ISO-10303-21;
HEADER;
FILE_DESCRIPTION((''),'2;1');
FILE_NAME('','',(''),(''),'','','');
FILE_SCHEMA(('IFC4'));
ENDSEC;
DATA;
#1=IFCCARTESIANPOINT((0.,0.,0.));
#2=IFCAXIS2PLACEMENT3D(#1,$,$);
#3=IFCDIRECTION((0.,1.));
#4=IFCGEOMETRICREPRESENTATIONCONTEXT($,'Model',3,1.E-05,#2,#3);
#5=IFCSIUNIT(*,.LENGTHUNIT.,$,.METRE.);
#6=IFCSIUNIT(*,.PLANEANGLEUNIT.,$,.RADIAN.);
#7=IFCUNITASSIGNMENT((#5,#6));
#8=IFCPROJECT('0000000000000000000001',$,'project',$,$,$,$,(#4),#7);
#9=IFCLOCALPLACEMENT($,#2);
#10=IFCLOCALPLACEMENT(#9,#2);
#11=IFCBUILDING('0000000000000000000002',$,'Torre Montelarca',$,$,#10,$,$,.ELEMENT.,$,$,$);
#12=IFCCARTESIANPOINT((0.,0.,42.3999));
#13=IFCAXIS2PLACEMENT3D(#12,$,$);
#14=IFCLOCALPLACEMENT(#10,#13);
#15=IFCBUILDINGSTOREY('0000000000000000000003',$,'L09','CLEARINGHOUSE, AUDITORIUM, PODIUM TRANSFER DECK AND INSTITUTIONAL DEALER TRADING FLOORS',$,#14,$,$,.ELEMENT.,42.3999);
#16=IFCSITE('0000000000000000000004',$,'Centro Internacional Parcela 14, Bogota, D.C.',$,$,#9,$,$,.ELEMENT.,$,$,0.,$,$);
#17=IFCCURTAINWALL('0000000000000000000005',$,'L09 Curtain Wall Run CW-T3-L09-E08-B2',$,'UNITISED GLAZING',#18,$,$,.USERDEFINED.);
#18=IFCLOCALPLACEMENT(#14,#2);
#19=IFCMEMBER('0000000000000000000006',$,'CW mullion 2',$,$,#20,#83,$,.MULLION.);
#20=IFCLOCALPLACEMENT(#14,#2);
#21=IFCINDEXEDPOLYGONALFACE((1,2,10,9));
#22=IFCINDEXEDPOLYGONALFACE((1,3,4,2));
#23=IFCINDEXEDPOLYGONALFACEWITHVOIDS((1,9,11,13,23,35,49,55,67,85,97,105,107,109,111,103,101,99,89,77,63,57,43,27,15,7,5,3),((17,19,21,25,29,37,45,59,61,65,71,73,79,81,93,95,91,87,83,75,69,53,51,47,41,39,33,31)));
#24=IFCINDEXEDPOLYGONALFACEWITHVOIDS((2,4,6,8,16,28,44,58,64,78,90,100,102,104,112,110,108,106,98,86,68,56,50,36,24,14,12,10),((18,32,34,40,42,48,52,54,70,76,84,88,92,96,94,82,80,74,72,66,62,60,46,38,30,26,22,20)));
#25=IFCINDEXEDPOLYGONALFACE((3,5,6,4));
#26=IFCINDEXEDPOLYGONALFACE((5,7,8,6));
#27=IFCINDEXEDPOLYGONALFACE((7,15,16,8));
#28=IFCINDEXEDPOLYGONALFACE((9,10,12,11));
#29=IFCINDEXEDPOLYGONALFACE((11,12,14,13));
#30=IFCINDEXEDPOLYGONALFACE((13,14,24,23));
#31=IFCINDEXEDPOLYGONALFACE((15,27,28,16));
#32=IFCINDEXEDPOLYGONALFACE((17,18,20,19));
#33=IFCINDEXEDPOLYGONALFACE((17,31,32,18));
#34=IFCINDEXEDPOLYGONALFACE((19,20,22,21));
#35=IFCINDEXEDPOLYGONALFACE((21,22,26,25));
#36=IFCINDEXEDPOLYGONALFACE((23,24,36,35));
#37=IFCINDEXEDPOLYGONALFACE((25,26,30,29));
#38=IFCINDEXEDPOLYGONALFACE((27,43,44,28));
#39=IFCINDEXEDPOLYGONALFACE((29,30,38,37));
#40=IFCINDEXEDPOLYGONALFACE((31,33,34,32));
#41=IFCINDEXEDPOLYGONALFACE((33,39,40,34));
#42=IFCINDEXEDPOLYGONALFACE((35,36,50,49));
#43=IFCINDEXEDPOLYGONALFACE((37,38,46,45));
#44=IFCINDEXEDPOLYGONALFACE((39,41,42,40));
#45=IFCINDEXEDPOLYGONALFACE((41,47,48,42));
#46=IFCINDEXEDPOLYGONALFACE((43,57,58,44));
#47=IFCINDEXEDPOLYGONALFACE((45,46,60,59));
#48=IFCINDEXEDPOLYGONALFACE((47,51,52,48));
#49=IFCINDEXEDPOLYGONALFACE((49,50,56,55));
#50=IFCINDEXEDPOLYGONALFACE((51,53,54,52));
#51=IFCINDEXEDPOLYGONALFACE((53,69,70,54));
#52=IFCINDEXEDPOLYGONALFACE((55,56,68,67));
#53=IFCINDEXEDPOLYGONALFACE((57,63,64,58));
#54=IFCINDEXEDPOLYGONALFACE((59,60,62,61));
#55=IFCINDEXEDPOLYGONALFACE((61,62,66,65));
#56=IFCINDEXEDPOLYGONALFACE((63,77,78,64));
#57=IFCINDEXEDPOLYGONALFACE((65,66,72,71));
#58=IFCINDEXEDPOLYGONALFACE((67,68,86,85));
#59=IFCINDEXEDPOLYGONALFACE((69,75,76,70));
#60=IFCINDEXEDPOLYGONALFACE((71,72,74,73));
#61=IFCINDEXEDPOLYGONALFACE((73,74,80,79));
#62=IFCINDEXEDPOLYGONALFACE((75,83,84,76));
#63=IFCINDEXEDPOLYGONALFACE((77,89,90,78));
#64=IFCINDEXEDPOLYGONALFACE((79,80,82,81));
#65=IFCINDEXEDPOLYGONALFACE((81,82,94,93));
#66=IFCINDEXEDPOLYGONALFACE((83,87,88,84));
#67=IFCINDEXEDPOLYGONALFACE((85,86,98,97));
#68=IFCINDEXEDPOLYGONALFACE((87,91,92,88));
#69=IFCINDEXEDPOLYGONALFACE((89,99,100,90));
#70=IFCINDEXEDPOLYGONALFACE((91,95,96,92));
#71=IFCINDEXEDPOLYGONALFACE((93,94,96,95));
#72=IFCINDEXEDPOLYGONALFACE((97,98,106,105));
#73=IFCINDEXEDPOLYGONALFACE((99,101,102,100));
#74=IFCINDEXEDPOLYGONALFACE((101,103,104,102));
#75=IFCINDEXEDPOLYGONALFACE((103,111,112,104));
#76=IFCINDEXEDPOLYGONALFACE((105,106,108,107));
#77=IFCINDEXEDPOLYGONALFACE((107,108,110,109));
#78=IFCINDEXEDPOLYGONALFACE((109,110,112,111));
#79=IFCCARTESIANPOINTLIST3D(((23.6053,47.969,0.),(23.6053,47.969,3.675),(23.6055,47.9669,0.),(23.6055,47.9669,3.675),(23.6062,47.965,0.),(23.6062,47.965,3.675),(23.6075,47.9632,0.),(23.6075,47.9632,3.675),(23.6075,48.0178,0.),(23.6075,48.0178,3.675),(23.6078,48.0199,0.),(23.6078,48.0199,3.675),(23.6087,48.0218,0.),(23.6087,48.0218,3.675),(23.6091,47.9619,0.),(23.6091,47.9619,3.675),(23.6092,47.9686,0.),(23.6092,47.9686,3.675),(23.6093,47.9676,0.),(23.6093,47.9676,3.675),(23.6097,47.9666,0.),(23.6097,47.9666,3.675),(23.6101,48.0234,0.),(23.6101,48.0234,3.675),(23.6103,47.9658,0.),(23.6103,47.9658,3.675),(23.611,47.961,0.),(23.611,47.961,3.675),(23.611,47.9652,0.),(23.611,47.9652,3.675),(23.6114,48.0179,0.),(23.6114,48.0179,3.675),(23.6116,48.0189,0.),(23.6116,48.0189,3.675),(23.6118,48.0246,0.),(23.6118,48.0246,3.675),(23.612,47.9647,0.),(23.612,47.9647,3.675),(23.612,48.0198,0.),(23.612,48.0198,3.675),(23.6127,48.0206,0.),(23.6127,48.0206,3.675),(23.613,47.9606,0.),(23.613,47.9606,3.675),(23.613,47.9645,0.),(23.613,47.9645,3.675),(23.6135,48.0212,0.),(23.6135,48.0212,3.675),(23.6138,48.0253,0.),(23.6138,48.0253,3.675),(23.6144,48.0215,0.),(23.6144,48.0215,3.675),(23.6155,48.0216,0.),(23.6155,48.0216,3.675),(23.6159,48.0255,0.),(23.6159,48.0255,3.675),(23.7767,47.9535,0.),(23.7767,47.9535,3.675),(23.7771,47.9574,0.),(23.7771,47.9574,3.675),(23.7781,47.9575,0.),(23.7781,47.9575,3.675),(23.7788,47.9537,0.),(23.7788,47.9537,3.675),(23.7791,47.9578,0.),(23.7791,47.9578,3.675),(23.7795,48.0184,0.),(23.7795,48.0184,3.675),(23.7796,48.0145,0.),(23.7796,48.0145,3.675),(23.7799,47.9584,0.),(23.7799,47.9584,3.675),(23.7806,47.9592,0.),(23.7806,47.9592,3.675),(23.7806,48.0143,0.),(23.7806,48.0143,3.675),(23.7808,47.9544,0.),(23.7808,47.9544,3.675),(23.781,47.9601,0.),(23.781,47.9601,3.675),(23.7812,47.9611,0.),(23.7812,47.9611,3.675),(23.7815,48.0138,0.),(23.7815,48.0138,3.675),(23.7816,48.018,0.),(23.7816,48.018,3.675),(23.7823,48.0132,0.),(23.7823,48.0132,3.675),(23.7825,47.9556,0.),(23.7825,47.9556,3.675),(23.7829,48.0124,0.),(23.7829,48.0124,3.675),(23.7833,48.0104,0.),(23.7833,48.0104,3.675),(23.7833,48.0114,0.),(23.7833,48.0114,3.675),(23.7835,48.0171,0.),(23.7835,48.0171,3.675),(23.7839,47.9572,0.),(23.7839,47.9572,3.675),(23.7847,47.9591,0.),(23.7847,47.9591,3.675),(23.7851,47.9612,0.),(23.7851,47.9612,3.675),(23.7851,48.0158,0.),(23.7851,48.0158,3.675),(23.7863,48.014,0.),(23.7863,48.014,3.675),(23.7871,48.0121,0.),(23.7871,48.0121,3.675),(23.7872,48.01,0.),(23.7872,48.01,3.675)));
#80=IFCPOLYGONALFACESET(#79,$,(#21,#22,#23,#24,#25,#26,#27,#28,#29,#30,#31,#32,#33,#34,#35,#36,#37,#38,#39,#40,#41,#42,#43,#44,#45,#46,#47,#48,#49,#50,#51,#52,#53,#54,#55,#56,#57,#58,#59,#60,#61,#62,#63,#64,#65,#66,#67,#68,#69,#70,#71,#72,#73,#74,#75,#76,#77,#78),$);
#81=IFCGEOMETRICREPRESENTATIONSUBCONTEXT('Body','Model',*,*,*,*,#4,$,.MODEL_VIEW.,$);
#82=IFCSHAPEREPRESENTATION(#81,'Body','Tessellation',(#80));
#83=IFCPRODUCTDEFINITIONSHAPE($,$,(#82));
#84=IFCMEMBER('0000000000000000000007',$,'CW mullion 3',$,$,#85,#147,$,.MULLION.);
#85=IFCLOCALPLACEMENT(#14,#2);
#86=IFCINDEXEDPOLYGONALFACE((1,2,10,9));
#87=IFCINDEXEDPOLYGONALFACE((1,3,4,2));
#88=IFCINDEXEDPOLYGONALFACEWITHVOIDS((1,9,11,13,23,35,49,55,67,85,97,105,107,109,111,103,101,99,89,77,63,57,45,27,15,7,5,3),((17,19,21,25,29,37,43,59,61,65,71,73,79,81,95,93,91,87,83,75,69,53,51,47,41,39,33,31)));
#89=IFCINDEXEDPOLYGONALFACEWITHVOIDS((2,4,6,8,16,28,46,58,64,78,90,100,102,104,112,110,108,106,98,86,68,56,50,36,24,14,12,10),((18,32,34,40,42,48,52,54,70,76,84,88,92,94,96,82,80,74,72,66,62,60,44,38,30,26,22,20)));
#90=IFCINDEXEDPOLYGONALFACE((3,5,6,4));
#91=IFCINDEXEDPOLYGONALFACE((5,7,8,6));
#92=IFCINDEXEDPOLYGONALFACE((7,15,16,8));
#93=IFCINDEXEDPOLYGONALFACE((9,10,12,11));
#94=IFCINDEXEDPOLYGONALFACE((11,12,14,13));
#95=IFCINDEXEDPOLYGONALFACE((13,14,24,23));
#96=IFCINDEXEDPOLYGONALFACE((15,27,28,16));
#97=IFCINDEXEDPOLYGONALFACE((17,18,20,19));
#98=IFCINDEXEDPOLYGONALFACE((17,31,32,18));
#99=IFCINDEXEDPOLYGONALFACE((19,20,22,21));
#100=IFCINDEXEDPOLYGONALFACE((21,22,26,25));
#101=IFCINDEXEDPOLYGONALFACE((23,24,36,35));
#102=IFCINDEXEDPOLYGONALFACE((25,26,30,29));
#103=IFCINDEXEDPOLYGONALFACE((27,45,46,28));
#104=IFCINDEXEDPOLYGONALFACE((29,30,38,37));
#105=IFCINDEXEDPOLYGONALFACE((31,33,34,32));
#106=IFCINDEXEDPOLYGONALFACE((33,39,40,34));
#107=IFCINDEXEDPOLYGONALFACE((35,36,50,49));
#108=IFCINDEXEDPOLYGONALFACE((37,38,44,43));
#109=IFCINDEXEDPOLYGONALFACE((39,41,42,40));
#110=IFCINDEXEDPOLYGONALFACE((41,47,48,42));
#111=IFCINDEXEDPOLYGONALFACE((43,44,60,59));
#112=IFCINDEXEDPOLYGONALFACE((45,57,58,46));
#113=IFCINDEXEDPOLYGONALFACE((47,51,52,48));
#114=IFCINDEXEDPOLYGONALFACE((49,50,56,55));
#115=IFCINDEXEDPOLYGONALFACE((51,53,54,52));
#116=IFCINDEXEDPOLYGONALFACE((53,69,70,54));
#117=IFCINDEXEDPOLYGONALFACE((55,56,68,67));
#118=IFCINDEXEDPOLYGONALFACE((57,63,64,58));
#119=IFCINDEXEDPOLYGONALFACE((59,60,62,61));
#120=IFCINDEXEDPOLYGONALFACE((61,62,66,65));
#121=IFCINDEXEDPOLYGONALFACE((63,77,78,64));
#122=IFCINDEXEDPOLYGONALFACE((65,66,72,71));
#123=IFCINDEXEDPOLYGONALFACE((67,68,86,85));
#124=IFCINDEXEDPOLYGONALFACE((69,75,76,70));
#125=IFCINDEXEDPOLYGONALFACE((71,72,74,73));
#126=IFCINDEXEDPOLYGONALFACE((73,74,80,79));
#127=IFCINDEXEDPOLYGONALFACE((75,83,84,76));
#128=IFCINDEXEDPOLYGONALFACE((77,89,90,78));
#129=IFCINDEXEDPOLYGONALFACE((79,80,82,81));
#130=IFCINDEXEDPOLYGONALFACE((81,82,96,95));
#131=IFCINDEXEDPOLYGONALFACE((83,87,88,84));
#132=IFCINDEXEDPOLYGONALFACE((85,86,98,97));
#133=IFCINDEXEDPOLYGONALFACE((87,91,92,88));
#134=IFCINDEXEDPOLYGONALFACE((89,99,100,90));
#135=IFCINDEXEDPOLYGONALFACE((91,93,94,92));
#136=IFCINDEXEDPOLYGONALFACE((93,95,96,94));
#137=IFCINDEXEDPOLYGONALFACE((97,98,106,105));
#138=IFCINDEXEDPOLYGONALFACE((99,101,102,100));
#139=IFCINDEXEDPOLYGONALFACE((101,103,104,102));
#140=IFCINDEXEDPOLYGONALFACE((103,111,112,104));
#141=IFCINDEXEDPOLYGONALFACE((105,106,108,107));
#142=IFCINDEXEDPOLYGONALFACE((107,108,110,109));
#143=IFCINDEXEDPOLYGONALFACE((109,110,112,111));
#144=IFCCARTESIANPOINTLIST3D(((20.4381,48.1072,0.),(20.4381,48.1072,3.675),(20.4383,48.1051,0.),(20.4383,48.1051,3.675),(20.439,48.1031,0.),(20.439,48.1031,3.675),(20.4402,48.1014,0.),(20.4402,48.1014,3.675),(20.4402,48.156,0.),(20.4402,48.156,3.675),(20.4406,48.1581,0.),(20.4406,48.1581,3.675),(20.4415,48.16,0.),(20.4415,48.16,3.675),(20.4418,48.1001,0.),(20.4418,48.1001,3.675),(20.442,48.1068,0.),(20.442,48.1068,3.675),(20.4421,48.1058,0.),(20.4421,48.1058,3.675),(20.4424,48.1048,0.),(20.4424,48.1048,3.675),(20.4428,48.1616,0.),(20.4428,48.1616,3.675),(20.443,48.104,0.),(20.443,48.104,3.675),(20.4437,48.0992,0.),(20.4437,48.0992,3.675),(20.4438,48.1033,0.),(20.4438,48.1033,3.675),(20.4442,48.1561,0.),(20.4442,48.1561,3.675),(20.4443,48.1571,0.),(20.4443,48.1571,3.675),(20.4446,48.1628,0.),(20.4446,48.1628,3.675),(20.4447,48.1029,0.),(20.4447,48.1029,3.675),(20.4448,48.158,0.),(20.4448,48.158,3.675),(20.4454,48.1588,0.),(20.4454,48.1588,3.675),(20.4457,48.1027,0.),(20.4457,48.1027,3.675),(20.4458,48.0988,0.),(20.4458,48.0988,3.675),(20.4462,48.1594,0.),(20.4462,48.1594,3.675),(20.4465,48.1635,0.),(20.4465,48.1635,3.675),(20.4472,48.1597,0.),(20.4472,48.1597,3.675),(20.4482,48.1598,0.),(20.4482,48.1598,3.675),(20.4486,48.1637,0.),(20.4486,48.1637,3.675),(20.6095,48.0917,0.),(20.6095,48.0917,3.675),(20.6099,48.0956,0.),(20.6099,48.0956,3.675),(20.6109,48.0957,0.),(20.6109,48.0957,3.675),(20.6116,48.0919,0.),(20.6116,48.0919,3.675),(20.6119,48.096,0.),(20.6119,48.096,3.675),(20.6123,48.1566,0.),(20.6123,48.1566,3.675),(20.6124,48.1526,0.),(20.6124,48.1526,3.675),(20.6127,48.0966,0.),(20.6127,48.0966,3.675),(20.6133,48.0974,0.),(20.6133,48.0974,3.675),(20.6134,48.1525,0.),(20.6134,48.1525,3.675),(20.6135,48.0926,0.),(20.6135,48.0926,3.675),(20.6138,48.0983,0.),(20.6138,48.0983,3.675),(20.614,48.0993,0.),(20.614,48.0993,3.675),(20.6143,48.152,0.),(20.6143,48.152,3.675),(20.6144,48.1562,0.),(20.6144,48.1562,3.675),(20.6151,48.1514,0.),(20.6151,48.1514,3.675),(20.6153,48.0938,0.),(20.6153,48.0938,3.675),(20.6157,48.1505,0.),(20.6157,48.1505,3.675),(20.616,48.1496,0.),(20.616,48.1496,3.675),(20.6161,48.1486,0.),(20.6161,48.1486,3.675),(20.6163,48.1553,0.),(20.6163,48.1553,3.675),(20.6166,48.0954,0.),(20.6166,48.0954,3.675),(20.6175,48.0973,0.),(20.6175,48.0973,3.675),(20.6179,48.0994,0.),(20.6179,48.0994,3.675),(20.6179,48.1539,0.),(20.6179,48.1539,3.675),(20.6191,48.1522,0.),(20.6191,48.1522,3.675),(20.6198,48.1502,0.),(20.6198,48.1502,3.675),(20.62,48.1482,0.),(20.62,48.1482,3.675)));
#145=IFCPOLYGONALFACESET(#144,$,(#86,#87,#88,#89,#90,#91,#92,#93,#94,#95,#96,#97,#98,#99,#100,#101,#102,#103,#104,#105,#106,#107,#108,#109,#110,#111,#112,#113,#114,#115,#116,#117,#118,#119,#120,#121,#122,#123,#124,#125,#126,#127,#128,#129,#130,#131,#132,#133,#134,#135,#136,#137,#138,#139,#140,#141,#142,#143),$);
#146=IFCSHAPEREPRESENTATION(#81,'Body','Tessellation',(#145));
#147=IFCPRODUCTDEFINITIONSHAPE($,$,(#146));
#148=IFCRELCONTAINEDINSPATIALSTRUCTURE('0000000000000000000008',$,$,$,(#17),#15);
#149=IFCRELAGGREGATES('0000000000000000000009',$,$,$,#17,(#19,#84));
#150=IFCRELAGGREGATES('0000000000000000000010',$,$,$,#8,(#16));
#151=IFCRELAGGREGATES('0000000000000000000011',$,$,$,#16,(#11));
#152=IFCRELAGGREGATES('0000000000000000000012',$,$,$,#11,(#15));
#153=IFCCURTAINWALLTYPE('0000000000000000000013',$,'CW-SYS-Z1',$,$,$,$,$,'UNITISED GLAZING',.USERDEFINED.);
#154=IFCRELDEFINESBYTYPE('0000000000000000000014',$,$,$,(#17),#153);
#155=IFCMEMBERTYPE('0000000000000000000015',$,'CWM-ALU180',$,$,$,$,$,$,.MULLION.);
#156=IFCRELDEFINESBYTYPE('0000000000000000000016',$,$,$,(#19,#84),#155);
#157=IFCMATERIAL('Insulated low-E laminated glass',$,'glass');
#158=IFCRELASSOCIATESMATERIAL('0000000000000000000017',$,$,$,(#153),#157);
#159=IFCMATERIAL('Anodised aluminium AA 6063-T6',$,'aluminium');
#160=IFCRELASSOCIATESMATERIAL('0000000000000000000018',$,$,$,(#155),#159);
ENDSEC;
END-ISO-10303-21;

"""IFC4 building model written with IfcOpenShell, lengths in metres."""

from ifc_helpers import new_model, si_unit, direction, frame, origin, origin_2d, place, context, subcontext, project, spatial, hollow_rectangle, extrude, source, transform, mapped, material, material_profile, profile_set, type_object, element, aggregate, save


model = new_model("IFC4")

# Units and contexts
model_context = context("Model", 3, precision=1e-05, world=origin(), true_north=direction((0.0, 1.0)))
body_context = subcontext(model_context, "Body", "Model", "MODEL_VIEW")
ifc_project = project(units=[si_unit("LENGTHUNIT", "METRE"), si_unit("PLANEANGLEUNIT", "RADIAN")], contexts=[model_context])

# Site, building, storey
site_placement = place(None, origin())
site = spatial("IfcSite", under=ifc_project, at=site_placement, Name="Centro Internacional Parcela 14, Bogota, D.C.", CompositionType="ELEMENT", RefElevation=0.0)
building_placement = place(site_placement, origin())
building = spatial("IfcBuilding", under=site, at=building_placement, Name="Torre Montelarca", CompositionType="ELEMENT")
storey_placement = place(building_placement, frame((0.0, 0.0, 42.3999)))
storey = spatial("IfcBuildingStorey", under=building, at=storey_placement, Name="L09", Description="CLEARINGHOUSE, AUDITORIUM, PODIUM TRANSFER DECK AND INSTITUTIONAL DEALER TRADING FLOORS", CompositionType="ELEMENT", Elevation=42.3999)

# Shared definitions
ifc_material_1 = material(Name="Insulated low-E laminated glass", Category="glass")
curtain_wall_type = type_object("IfcCurtainWallType", Name="CW-SYS-Z1", ElementType="UNITISED GLAZING", PredefinedType="USERDEFINED", material=ifc_material_1)
ifc_material_2 = material(Name="Anodised aluminium AA 6063-T6", Category="aluminium")
ifc_material_profile_1 = material_profile(ifc_material_2, hollow_rectangle(XDim=0.0649, YDim=0.1799, WallThickness=0.0039, InnerFilletRadius=0.0039, OuterFilletRadius=0.0081, at=origin_2d()), Name="ALU65X180X4", Category="aluminium")
ifc_profile_set_1 = profile_set([ifc_material_profile_1], Name="Anodised aluminium AA 6063-T6")
member_type_1 = type_object("IfcMemberType", Name="CWM-ALU180", PredefinedType="MULLION", material=ifc_profile_set_1)
shared_shape_1 = source(origin(), body_context, "Body", "SweptSolid", [
    extrude(hollow_rectangle(XDim=0.0649, YDim=0.1799, WallThickness=0.0039, InnerFilletRadius=0.0039, OuterFilletRadius=0.0081, at=origin_2d()), origin(), (0.0, 0.0, 1.0), 3.675),
])

# Curtain wall, members
curtain_wall_1_placement = place(storey_placement, origin())
curtain_wall_1 = element("IfcCurtainWall", 1, at=curtain_wall_1_placement, inside=storey, type_object=curtain_wall_type, Name="L09 Curtain Wall Run CW-T3-L09-E08-B2", ObjectType="UNITISED GLAZING", PredefinedType="USERDEFINED")
member_1_placement = place(storey_placement, frame((23.6963, 47.9895, 0.0), z_axis=(0.0, 0.0, 1.0), x_axis=(-0.043622, -0.999048, 0.0)))
member_1 = element("IfcMember", 2, at=member_1_placement, type_object=member_type_1, Name="CW mullion 2", PredefinedType="MULLION", context=body_context, shape_type="MappedRepresentation", body=[
    mapped(shared_shape_1, transform((0.0, 0.0, 0.0), scale=1.0)),
])
member_2_placement = place(storey_placement, frame((20.5291, 48.1277, 0.0), z_axis=(0.0, 0.0, 1.0), x_axis=(-0.043622, -0.999048, 0.0)))
member_2 = element("IfcMember", 3, at=member_2_placement, type_object=member_type_1, Name="CW mullion 3", PredefinedType="MULLION", context=body_context, shape_type="MappedRepresentation", body=[
    mapped(shared_shape_1, transform((0.0, 0.0, 0.0), scale=1.0)),
])
aggregate(curtain_wall_1, [member_1, member_2])

save(model, "model.ifc")
